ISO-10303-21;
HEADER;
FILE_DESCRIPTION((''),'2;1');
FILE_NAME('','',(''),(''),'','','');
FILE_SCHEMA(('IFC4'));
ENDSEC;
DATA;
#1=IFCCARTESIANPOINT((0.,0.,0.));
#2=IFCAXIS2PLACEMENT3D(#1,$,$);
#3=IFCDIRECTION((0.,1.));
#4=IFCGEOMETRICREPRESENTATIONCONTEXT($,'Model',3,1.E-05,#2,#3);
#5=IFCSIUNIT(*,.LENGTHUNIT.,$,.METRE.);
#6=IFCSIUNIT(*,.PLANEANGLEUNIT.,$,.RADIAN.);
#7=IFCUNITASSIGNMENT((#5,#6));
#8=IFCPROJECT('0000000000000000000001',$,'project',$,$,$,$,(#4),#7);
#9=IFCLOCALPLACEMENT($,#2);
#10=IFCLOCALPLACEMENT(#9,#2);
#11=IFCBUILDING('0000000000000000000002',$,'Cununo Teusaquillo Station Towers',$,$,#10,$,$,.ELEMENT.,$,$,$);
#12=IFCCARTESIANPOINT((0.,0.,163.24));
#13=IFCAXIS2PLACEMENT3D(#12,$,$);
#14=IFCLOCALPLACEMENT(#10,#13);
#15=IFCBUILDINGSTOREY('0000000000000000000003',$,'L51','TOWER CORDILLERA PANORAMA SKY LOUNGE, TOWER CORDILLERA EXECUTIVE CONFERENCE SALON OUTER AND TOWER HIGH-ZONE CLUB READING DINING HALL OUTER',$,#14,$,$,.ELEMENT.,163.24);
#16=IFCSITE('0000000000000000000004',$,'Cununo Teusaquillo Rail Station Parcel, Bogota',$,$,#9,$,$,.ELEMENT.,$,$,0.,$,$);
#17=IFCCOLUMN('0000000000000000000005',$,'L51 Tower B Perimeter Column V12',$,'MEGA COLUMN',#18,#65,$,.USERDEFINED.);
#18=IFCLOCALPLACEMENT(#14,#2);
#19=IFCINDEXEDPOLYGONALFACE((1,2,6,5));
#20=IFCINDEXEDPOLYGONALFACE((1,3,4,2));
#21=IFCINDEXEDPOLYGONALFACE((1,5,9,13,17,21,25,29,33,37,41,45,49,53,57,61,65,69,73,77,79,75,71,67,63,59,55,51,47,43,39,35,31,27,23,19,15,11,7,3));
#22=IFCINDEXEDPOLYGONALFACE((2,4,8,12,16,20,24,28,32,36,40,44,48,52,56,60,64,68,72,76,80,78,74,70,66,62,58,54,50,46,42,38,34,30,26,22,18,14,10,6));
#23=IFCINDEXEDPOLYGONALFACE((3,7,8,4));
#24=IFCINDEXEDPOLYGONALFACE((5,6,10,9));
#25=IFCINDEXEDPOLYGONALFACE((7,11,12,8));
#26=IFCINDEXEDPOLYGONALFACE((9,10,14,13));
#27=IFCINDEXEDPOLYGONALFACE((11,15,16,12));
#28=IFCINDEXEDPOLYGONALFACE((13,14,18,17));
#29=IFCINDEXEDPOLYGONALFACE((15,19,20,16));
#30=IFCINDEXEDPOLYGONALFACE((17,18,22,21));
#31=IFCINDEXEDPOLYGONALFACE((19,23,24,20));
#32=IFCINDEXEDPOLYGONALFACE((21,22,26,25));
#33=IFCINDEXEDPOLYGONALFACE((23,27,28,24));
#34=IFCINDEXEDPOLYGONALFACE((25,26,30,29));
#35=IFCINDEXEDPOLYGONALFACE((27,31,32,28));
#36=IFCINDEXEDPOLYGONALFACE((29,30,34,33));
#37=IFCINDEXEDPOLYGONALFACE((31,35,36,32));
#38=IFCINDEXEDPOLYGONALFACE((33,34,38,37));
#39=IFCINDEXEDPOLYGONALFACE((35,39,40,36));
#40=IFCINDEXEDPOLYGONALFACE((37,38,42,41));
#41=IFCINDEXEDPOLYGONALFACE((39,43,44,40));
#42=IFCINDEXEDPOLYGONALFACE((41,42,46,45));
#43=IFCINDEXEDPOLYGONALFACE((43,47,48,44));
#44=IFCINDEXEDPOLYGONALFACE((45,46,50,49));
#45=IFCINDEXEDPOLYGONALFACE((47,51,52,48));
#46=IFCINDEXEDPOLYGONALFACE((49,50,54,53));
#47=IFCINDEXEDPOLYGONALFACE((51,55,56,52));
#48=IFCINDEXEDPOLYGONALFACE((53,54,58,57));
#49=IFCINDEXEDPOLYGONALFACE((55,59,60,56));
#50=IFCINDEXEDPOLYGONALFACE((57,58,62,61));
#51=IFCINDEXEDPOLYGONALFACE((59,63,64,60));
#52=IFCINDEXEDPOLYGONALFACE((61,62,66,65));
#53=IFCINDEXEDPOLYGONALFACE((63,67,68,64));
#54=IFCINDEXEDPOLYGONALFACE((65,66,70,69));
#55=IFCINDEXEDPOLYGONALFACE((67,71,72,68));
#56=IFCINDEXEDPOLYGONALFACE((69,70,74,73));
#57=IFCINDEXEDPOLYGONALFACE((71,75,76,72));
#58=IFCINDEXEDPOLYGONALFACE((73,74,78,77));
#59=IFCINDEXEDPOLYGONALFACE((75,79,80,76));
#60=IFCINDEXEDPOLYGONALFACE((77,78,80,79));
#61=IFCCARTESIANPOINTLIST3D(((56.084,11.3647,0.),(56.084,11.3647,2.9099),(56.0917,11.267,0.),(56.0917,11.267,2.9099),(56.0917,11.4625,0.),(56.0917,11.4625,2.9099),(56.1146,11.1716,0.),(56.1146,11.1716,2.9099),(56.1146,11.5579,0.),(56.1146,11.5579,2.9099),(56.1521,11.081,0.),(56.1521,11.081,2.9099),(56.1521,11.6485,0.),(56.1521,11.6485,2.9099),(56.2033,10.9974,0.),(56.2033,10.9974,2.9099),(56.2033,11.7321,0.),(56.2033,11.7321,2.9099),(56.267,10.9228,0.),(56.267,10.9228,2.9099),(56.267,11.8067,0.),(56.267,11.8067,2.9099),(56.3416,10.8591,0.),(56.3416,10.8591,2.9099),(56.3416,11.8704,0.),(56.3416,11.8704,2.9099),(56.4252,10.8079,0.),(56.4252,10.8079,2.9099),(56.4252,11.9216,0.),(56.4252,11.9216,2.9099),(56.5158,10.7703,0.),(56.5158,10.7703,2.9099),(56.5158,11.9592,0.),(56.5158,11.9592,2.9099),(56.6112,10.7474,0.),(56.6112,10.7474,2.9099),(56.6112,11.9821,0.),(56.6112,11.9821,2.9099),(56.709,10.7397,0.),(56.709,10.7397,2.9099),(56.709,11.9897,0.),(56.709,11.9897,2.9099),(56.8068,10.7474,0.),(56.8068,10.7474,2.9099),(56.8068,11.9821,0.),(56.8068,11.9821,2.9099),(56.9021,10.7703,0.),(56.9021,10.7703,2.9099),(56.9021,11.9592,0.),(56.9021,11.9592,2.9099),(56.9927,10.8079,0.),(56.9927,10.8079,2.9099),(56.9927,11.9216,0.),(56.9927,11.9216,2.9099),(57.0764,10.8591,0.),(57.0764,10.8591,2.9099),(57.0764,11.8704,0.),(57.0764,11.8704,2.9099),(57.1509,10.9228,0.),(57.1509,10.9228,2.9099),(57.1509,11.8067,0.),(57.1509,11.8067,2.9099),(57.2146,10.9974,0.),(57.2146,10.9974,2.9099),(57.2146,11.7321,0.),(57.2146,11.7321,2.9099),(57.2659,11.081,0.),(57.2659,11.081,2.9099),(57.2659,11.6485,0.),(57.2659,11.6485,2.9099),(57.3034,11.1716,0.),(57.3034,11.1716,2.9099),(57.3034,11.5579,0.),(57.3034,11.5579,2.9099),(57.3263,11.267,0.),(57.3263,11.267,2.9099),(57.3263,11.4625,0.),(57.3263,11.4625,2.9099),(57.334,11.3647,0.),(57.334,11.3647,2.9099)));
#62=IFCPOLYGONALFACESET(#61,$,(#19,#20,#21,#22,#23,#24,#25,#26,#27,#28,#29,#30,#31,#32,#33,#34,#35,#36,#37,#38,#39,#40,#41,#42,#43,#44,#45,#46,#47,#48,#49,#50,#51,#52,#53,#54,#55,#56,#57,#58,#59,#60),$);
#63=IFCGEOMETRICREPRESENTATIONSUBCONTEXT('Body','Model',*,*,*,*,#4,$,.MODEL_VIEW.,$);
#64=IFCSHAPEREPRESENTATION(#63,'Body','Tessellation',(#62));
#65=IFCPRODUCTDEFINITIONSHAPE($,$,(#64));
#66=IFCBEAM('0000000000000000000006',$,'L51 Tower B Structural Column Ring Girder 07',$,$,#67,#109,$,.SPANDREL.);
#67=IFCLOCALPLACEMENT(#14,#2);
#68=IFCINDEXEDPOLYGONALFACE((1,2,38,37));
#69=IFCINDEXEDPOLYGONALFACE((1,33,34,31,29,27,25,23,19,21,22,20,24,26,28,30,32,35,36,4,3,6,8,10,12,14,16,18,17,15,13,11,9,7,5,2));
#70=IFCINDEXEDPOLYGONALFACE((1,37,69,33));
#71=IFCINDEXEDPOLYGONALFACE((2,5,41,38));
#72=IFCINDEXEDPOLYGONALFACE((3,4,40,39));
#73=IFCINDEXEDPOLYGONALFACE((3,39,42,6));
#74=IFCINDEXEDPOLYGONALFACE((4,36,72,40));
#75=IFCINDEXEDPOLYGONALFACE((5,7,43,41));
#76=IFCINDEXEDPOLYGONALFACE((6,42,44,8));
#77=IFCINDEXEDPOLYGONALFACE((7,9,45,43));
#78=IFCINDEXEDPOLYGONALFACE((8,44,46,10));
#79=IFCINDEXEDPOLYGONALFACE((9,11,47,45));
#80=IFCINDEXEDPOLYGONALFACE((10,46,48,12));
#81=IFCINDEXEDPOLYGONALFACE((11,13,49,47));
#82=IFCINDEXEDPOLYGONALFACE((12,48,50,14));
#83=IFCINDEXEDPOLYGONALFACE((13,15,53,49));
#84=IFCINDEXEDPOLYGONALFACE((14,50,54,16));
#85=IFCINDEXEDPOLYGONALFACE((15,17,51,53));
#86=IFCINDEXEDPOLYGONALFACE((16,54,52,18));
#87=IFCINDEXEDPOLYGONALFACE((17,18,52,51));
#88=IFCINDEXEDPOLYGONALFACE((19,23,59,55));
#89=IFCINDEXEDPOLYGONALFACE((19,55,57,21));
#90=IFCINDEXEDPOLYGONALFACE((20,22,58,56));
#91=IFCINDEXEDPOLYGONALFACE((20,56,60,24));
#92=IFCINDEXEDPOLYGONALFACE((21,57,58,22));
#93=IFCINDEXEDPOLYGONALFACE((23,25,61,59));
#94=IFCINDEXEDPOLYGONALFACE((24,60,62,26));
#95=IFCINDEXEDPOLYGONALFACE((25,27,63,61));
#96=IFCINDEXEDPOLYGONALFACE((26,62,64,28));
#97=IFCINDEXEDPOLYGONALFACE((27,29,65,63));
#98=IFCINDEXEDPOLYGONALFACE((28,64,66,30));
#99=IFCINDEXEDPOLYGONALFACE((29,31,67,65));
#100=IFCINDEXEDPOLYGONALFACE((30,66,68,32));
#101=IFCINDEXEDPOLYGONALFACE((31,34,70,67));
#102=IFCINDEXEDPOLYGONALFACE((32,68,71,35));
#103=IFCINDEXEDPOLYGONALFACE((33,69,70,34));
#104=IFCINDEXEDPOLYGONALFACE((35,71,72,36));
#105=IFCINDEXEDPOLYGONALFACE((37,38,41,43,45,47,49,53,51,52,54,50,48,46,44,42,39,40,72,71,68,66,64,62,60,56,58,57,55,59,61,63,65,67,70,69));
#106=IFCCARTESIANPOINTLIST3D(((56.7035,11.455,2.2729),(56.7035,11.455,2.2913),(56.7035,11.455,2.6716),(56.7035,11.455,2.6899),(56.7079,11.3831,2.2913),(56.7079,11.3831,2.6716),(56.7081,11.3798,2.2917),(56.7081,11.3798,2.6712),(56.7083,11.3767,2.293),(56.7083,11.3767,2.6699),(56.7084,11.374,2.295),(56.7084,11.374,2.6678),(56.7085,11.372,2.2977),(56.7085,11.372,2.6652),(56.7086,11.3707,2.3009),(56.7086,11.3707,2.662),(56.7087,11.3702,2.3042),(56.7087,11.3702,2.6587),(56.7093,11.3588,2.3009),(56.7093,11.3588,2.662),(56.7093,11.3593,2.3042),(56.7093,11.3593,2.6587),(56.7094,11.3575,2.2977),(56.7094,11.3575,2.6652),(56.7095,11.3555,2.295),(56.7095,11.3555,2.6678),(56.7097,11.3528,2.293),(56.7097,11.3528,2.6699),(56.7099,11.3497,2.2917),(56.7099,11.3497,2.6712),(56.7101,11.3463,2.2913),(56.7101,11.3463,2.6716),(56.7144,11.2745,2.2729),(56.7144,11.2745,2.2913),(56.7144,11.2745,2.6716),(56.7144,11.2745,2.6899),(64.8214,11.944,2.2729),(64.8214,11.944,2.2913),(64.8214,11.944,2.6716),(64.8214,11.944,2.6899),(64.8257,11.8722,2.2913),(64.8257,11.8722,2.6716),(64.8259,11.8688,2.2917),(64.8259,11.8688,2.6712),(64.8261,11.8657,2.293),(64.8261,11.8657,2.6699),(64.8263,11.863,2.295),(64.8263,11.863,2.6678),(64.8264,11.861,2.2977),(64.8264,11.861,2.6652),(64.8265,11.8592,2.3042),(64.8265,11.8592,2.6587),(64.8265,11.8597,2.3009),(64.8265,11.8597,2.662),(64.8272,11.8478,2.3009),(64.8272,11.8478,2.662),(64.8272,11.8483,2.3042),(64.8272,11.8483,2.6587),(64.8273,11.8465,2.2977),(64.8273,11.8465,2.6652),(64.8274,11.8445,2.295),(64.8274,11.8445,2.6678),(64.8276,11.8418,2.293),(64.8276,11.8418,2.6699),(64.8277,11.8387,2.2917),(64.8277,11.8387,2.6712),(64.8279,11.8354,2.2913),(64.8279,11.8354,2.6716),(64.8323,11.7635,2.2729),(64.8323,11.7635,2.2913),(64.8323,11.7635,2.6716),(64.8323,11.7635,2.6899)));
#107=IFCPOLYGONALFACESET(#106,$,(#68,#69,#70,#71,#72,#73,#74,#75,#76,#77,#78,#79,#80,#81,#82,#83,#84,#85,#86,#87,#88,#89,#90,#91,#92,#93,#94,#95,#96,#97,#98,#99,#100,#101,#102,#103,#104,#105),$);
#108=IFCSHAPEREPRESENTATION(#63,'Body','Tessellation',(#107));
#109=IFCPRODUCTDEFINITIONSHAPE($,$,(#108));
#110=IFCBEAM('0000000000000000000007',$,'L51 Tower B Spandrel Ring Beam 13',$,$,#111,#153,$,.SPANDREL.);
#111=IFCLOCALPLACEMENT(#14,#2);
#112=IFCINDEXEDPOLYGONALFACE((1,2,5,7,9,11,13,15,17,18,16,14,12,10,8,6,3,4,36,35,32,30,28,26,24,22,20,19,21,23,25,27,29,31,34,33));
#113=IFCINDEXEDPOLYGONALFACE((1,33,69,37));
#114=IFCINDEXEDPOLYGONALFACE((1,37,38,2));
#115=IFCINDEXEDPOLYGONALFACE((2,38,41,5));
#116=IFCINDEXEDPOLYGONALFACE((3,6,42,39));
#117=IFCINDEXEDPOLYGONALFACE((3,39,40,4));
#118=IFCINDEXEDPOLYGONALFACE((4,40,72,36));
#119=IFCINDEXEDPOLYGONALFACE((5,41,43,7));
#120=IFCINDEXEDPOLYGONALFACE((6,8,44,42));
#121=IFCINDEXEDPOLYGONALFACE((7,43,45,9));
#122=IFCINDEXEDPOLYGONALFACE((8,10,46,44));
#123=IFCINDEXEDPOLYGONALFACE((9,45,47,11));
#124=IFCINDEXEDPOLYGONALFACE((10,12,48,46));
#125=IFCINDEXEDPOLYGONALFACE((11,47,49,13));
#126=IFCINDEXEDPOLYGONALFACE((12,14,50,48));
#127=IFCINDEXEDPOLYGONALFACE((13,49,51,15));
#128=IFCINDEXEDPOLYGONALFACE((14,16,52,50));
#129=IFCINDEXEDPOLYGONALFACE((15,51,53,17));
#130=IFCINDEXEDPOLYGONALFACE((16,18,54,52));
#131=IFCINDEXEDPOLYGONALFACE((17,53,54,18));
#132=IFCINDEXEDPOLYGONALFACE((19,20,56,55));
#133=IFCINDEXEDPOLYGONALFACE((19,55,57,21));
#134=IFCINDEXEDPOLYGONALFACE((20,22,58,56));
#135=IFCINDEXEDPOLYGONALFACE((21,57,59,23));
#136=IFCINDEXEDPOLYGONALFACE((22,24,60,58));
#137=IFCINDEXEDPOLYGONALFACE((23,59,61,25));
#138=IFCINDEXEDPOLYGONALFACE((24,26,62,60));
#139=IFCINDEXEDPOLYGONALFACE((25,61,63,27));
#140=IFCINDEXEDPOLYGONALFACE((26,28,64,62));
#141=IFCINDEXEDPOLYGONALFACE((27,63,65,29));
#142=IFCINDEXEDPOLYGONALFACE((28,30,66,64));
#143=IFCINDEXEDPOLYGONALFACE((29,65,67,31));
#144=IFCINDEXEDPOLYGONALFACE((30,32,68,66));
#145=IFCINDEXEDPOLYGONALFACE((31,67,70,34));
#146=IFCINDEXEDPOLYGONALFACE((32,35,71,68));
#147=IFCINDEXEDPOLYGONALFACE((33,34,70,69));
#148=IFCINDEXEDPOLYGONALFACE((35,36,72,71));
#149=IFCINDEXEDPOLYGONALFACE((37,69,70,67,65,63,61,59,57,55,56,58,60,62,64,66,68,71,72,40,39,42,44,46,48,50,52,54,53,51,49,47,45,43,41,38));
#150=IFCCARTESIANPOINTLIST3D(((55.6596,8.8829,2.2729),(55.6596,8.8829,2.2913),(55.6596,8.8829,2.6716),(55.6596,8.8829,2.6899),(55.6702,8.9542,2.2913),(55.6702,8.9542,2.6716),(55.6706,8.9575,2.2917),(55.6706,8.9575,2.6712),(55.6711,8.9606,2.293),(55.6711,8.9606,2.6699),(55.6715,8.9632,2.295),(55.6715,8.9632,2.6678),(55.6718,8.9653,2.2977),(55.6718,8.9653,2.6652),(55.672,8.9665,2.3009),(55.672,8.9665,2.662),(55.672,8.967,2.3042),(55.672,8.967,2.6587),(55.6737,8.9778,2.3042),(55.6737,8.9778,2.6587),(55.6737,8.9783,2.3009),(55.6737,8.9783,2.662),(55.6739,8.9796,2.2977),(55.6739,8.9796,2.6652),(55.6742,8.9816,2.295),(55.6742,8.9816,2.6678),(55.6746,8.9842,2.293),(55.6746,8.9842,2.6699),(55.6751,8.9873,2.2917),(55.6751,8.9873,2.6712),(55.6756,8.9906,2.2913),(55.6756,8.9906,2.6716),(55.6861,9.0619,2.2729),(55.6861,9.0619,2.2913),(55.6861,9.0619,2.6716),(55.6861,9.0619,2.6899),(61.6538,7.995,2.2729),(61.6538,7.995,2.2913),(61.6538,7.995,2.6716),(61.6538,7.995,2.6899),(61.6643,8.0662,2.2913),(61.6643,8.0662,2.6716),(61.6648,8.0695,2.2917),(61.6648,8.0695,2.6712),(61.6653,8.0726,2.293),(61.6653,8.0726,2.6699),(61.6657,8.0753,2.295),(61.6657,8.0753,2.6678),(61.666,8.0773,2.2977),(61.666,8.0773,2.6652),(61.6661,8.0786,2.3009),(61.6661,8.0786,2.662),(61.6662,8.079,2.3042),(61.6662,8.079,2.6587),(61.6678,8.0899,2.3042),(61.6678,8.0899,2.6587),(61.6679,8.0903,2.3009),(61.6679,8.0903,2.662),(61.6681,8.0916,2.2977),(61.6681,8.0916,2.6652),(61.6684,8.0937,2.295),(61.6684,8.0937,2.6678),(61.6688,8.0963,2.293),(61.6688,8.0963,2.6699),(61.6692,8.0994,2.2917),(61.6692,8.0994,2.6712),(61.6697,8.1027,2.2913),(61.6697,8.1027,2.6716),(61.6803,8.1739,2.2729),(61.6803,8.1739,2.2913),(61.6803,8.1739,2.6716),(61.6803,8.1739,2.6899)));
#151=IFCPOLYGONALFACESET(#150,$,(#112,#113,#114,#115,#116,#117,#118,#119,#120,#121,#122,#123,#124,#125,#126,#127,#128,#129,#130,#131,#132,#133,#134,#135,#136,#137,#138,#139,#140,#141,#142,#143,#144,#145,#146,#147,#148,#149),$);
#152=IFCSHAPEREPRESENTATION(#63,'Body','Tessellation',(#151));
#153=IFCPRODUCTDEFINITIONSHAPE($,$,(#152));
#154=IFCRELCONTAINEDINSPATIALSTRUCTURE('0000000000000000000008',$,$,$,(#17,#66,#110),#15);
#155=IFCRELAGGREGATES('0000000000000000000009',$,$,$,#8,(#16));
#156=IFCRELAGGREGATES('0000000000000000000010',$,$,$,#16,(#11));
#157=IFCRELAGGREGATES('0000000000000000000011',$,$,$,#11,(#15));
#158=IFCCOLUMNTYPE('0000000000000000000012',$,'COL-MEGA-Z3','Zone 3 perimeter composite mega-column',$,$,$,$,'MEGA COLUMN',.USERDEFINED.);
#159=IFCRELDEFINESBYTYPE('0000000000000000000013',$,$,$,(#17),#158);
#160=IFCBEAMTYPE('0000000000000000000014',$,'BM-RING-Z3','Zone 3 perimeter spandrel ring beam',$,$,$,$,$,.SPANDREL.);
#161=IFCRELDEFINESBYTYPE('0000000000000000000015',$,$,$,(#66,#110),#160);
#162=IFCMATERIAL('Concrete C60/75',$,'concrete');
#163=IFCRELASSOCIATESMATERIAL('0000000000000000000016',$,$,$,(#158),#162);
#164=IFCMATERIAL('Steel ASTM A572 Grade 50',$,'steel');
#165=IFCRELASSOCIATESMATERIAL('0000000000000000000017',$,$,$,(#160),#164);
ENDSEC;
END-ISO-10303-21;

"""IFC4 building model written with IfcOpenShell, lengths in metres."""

from ifc_helpers import new_model, si_unit, direction, frame, origin, origin_2d, place, context, subcontext, project, spatial, circle, i_section, extrude, material, material_profile, profile_set, type_object, element, save


model = new_model("IFC4")

# Units and contexts
model_context = context("Model", 3, precision=1e-05, world=origin(), true_north=direction((0.0, 1.0)))
body_context = subcontext(model_context, "Body", "Model", "MODEL_VIEW")
ifc_project = project(units=[si_unit("LENGTHUNIT", "METRE"), si_unit("PLANEANGLEUNIT", "RADIAN")], contexts=[model_context])

# Site, building, storey
site_placement = place(None, origin())
site = spatial("IfcSite", under=ifc_project, at=site_placement, Name="Cununo Teusaquillo Rail Station Parcel, Bogota", CompositionType="ELEMENT", RefElevation=0.0)
building_placement = place(site_placement, origin())
building = spatial("IfcBuilding", under=site, at=building_placement, Name="Cununo Teusaquillo Station Towers", CompositionType="ELEMENT")
storey_placement = place(building_placement, frame((0.0, 0.0, 163.24)))
storey = spatial("IfcBuildingStorey", under=building, at=storey_placement, Name="L51", Description="TOWER CORDILLERA PANORAMA SKY LOUNGE, TOWER CORDILLERA EXECUTIVE CONFERENCE SALON OUTER AND TOWER HIGH-ZONE CLUB READING DINING HALL OUTER", CompositionType="ELEMENT", Elevation=163.24)

# Column
ifc_material_1 = material(Name="Concrete C60/75", Category="concrete")
ifc_material_profile_1 = material_profile(ifc_material_1, circle(Radius=0.625, at=origin_2d()), Name="RC-CIRC-1250")
ifc_profile_set_1 = profile_set([ifc_material_profile_1], Name="Concrete C60/75")
column_type = type_object("IfcColumnType", Name="COL-MEGA-Z3", Description="Zone 3 perimeter composite mega-column", ElementType="MEGA COLUMN", PredefinedType="USERDEFINED", material=ifc_profile_set_1)
column_placement = place(storey_placement, frame((56.709, 11.3647, 0.0), z_axis=(0.0, 0.0, 1.0), x_axis=(1.0, 0.0, 0.0)))
element("IfcColumn", 1, at=column_placement, inside=storey, type_object=column_type, Name="L51 Tower B Perimeter Column V12", ObjectType="MEGA COLUMN", PredefinedType="USERDEFINED", context=body_context, shape_type="SweptSolid", body=[
    extrude(circle(Radius=0.625, at=origin_2d()), origin(), (0.0, 0.0, 1.0), 2.9099),
])

# Beams
ifc_material_2 = material(Name="Steel ASTM A572 Grade 50", Category="steel")
ifc_material_profile_2 = material_profile(ifc_material_2, i_section(OverallWidth=0.1809, OverallDepth=0.417, WebThickness=0.011, FlangeThickness=0.0183, FilletRadius=0.0129, at=origin_2d()), Name="W16X57")
ifc_profile_set_2 = profile_set([ifc_material_profile_2], Name="Steel ASTM A572 Grade 50")
beam_type = type_object("IfcBeamType", Name="BM-RING-Z3", Description="Zone 3 perimeter spandrel ring beam", PredefinedType="SPANDREL", material=ifc_profile_set_2)
beam_1_placement = place(storey_placement, frame((56.709, 11.3647, 2.4814), z_axis=(0.998191, 0.06013, 0.0), x_axis=(-0.06013, 0.998191, 0.0)))
element("IfcBeam", 2, at=beam_1_placement, inside=storey, type_object=beam_type, Name="L51 Tower B Structural Column Ring Girder 07", PredefinedType="SPANDREL", context=body_context, shape_type="SweptSolid", body=[
    extrude(i_section(OverallWidth=0.1809, OverallDepth=0.417, WebThickness=0.011, FlangeThickness=0.0183, FilletRadius=0.0129, at=origin_2d()), origin(), (0.0, 0.0, 1.0), 8.1326),
])
beam_2_placement = place(storey_placement, frame((55.6729, 8.9724, 2.4814), z_axis=(0.989205, -0.146536, 0.0), x_axis=(0.146536, 0.989205, 0.0)))
element("IfcBeam", 3, at=beam_2_placement, inside=storey, type_object=beam_type, Name="L51 Tower B Spandrel Ring Beam 13", PredefinedType="SPANDREL", context=body_context, shape_type="SweptSolid", body=[
    extrude(i_section(OverallWidth=0.1809, OverallDepth=0.417, WebThickness=0.011, FlangeThickness=0.0183, FilletRadius=0.0129, at=origin_2d()), origin(), (0.0, 0.0, 1.0), 6.0596),
])

save(model, "model.ifc")
